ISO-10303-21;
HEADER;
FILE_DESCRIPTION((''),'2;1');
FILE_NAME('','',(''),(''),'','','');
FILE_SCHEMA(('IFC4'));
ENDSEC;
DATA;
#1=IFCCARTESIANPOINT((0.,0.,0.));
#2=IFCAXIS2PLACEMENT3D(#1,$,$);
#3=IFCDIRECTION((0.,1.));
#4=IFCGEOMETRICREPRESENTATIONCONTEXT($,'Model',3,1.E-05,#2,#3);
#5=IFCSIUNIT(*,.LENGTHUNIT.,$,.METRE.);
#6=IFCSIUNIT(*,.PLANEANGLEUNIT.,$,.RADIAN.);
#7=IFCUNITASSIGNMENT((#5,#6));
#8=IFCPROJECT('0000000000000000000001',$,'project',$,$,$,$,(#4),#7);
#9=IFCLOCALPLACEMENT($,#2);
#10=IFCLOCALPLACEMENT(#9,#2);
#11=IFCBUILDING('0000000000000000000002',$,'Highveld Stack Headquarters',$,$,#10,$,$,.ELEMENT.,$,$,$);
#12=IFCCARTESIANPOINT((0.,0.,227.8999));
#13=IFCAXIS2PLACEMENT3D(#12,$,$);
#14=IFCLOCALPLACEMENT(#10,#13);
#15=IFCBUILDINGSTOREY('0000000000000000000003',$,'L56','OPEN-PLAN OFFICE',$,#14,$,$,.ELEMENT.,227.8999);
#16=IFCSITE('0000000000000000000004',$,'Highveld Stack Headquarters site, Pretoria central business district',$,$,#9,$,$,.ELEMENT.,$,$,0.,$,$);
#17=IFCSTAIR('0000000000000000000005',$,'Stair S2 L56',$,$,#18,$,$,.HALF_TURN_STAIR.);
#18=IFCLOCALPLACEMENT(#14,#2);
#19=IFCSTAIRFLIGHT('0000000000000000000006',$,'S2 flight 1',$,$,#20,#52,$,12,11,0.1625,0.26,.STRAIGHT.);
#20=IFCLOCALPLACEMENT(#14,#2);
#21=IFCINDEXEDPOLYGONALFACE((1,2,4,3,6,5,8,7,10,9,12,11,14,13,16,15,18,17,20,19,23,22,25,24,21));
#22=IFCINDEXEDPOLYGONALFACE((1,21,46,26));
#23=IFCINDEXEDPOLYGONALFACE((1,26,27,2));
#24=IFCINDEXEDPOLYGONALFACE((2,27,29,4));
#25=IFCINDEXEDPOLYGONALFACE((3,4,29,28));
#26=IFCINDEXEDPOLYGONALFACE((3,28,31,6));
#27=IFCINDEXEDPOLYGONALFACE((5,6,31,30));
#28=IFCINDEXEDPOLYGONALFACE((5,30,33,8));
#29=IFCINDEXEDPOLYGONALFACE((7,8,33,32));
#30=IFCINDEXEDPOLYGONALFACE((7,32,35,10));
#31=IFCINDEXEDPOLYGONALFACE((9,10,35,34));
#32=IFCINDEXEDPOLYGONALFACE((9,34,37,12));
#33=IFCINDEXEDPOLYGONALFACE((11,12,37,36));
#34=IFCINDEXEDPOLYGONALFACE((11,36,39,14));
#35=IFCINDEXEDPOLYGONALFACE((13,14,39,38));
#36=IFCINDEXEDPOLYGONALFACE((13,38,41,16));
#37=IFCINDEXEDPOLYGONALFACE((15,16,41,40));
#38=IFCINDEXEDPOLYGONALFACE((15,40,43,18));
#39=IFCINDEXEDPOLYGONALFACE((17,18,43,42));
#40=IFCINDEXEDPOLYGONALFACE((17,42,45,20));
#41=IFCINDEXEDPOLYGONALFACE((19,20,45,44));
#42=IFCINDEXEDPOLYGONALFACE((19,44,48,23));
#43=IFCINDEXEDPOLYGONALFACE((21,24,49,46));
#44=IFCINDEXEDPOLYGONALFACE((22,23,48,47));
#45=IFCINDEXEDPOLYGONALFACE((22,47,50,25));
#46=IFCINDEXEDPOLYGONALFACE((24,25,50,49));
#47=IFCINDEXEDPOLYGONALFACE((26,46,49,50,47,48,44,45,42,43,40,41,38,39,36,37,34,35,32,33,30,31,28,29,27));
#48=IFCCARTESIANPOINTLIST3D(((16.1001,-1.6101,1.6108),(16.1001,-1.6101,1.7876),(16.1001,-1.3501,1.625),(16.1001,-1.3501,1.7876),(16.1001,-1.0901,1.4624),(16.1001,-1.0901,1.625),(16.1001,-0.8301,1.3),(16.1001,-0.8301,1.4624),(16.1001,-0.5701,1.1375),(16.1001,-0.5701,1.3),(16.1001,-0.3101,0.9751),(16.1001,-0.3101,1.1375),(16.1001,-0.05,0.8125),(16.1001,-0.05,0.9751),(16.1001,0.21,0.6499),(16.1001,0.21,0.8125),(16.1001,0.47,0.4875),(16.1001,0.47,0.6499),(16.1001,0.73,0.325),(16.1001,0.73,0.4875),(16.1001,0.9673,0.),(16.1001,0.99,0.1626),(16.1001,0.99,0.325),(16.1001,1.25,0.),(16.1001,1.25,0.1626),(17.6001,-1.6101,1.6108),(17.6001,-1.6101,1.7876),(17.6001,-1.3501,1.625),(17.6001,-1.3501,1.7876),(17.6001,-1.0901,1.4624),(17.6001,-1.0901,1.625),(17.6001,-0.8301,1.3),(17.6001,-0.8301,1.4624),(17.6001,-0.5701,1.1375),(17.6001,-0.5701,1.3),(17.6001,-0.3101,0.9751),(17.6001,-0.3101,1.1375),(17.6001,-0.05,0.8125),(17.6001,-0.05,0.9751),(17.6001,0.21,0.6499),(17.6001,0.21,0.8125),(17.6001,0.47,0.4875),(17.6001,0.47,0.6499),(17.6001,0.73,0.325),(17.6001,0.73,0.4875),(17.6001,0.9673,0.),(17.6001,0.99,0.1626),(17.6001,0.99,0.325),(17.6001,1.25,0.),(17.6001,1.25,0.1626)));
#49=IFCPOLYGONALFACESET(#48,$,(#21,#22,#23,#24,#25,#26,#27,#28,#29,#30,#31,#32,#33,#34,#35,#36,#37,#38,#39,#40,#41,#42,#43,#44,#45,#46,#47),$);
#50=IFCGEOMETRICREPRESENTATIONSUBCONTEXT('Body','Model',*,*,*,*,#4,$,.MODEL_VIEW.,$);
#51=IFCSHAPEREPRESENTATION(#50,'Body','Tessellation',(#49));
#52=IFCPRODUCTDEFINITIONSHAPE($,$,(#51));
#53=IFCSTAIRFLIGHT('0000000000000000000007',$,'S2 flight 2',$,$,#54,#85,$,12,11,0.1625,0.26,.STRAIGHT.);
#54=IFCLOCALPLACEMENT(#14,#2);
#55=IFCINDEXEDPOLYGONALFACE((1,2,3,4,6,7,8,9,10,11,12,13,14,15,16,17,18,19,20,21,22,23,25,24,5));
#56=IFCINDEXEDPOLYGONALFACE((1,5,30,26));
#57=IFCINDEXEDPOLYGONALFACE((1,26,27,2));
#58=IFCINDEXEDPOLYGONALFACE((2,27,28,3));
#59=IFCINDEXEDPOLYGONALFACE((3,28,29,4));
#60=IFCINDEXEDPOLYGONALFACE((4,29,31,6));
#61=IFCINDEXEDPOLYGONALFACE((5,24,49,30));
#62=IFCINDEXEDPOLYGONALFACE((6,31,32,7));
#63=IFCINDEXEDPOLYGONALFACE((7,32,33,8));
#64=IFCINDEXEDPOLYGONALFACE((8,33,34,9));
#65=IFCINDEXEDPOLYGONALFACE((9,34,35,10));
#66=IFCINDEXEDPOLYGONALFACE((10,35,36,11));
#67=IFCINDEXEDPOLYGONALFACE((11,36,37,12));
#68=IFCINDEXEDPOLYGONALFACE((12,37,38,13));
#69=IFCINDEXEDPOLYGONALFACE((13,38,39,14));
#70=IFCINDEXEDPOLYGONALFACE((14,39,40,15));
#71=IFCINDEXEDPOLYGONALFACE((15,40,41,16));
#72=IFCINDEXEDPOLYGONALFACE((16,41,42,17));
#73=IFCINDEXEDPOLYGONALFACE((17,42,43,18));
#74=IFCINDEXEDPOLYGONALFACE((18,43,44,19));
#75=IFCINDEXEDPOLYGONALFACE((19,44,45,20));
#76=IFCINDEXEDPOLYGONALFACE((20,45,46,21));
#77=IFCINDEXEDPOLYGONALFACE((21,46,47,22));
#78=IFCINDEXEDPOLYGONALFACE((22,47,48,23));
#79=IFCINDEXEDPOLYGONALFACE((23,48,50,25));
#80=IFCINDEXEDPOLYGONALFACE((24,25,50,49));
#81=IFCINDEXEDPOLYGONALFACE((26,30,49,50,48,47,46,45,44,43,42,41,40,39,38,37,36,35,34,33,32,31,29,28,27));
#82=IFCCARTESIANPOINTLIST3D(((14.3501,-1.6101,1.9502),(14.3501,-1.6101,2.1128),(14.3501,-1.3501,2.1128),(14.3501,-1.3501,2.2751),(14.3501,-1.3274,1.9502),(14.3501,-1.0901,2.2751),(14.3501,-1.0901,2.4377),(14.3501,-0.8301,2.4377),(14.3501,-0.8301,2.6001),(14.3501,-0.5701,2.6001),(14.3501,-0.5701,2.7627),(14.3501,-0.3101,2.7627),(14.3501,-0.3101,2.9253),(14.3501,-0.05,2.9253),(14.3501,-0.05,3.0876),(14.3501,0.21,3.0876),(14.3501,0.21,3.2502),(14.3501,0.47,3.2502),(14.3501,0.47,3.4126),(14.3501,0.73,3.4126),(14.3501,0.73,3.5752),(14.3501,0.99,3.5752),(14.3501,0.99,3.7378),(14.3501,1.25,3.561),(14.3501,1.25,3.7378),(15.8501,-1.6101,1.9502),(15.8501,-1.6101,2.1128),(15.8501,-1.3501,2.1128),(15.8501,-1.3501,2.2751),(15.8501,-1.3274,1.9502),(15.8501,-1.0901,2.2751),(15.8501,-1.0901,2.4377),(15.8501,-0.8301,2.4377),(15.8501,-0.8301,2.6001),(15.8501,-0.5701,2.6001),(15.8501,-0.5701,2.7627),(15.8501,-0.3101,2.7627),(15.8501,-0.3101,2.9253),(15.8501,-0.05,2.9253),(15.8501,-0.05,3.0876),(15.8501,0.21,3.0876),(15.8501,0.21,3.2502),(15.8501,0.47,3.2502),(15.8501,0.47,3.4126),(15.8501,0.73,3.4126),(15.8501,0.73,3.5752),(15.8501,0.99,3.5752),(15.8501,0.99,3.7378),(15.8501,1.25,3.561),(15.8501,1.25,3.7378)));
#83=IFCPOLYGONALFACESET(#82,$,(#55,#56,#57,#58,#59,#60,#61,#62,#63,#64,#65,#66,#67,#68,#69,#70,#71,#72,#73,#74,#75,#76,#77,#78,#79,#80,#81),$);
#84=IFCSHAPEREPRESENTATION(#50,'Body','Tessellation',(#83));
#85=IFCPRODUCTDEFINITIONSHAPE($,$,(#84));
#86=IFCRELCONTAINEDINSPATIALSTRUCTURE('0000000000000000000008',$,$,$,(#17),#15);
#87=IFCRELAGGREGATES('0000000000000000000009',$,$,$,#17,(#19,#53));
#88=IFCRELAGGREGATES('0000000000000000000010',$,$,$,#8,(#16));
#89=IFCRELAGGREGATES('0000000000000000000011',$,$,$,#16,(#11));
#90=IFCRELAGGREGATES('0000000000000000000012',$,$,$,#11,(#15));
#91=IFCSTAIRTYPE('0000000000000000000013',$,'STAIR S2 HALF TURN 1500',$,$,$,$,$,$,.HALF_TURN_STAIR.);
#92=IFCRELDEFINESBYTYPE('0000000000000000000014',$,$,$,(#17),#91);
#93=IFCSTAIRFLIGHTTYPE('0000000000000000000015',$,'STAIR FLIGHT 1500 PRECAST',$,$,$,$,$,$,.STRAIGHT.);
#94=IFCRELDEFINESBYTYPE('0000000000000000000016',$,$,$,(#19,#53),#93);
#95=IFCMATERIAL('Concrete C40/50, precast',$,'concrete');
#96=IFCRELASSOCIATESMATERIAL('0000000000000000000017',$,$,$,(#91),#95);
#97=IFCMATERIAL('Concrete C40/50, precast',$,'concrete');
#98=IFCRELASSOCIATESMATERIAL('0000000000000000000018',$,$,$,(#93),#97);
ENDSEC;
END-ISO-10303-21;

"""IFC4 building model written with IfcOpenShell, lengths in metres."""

from ifc_helpers import new_model, si_unit, direction, frame, origin, place, context, subcontext, project, spatial, polyline, outline, extrude, material, type_object, element, aggregate, save


model = new_model("IFC4")

# Units and contexts
model_context = context("Model", 3, precision=1e-05, world=origin(), true_north=direction((0.0, 1.0)))
body_context = subcontext(model_context, "Body", "Model", "MODEL_VIEW")
ifc_project = project(units=[si_unit("LENGTHUNIT", "METRE"), si_unit("PLANEANGLEUNIT", "RADIAN")], contexts=[model_context])

# Site, building, storey
site_placement = place(None, origin())
site = spatial("IfcSite", under=ifc_project, at=site_placement, Name="Highveld Stack Headquarters site, Pretoria central business district", CompositionType="ELEMENT", RefElevation=0.0)
building_placement = place(site_placement, origin())
building = spatial("IfcBuilding", under=site, at=building_placement, Name="Highveld Stack Headquarters", CompositionType="ELEMENT")
storey_placement = place(building_placement, frame((0.0, 0.0, 227.8999)))
storey = spatial("IfcBuildingStorey", under=building, at=storey_placement, Name="L56", Description="OPEN-PLAN OFFICE", CompositionType="ELEMENT", Elevation=227.8999)

# Stair
ifc_material_1 = material(Name="Concrete C40/50, precast", Category="concrete")
stair_type_1 = type_object("IfcStairType", Name="STAIR S2 HALF TURN 1500", PredefinedType="HALF_TURN_STAIR", material=ifc_material_1)
stair_1_placement = place(storey_placement, origin())
stair_1 = element("IfcStair", 1, at=stair_1_placement, inside=storey, type_object=stair_type_1, Name="Stair S2 L56", PredefinedType="HALF_TURN_STAIR")

# Stair flights
ifc_material_2 = material(Name="Concrete C40/50, precast", Category="concrete")
stair_flight_type = type_object("IfcStairFlightType", Name="STAIR FLIGHT 1500 PRECAST", PredefinedType="STRAIGHT", material=ifc_material_2)
stair_flight_1_placement = place(storey_placement, frame((16.8501, 1.25, 0.0), z_axis=(0.0, 0.0, 1.0), x_axis=(0.0, -1.0, 0.0)))
stair_flight_1 = element("IfcStairFlight", 2, at=stair_flight_1_placement, type_object=stair_flight_type, Name="S2 flight 1", NumberOfRisers=12, NumberOfTreads=11, PredefinedType="STRAIGHT", RiserHeight=0.1625, TreadLength=0.26, context=body_context, shape_type="SweptSolid", body=[
    extrude(outline(polyline([(0.0, 0.0), (0.0, 0.1626), (0.26, 0.1626), (0.26, 0.325), (0.52, 0.325), (0.52, 0.4875), (0.78, 0.4875), (0.78, 0.6499), (1.04, 0.6499), (1.04, 0.8125), (1.3, 0.8125), (1.3, 0.9751), (1.5601, 0.9751), (1.5601, 1.1375), (1.8201, 1.1375), (1.8201, 1.3), (2.0801, 1.3), (2.0801, 1.4624), (2.3401, 1.4624), (2.3401, 1.625), (2.6001, 1.625), (2.6001, 1.7876), (2.8601, 1.7876), (2.8601, 1.95), (2.8601, 1.6108), (0.2827, 0.0), (0.0, 0.0)])), frame((0.0, 0.75, 0.0), z_axis=(0.0, -1.0, 0.0), x_axis=(1.0, 0.0, 0.0)), (0.0, 0.0, 1.0), 1.5),
])
stair_flight_2_placement = place(storey_placement, frame((15.1001, -1.6101, 1.9502), z_axis=(0.0, 0.0, 1.0), x_axis=(0.0, 1.0, 0.0)))
stair_flight_2 = element("IfcStairFlight", 3, at=stair_flight_2_placement, type_object=stair_flight_type, Name="S2 flight 2", NumberOfRisers=12, NumberOfTreads=11, PredefinedType="STRAIGHT", RiserHeight=0.1625, TreadLength=0.26, context=body_context, shape_type="SweptSolid", body=[
    extrude(outline(polyline([(0.0, 0.0), (0.0, 0.1626), (0.26, 0.1626), (0.26, 0.325), (0.52, 0.325), (0.52, 0.4875), (0.78, 0.4875), (0.78, 0.6499), (1.04, 0.6499), (1.04, 0.8125), (1.3, 0.8125), (1.3, 0.9751), (1.5601, 0.9751), (1.5601, 1.1375), (1.8201, 1.1375), (1.8201, 1.3), (2.0801, 1.3), (2.0801, 1.4624), (2.3401, 1.4624), (2.3401, 1.625), (2.6001, 1.625), (2.6001, 1.7876), (2.8601, 1.7876), (2.8601, 1.95), (2.8601, 1.6108), (0.2827, 0.0), (0.0, 0.0)])), frame((0.0, 0.75, 0.0), z_axis=(0.0, -1.0, 0.0), x_axis=(1.0, 0.0, 0.0)), (0.0, 0.0, 1.0), 1.5),
])
aggregate(stair_1, [stair_flight_1, stair_flight_2])

save(model, "model.ifc")
